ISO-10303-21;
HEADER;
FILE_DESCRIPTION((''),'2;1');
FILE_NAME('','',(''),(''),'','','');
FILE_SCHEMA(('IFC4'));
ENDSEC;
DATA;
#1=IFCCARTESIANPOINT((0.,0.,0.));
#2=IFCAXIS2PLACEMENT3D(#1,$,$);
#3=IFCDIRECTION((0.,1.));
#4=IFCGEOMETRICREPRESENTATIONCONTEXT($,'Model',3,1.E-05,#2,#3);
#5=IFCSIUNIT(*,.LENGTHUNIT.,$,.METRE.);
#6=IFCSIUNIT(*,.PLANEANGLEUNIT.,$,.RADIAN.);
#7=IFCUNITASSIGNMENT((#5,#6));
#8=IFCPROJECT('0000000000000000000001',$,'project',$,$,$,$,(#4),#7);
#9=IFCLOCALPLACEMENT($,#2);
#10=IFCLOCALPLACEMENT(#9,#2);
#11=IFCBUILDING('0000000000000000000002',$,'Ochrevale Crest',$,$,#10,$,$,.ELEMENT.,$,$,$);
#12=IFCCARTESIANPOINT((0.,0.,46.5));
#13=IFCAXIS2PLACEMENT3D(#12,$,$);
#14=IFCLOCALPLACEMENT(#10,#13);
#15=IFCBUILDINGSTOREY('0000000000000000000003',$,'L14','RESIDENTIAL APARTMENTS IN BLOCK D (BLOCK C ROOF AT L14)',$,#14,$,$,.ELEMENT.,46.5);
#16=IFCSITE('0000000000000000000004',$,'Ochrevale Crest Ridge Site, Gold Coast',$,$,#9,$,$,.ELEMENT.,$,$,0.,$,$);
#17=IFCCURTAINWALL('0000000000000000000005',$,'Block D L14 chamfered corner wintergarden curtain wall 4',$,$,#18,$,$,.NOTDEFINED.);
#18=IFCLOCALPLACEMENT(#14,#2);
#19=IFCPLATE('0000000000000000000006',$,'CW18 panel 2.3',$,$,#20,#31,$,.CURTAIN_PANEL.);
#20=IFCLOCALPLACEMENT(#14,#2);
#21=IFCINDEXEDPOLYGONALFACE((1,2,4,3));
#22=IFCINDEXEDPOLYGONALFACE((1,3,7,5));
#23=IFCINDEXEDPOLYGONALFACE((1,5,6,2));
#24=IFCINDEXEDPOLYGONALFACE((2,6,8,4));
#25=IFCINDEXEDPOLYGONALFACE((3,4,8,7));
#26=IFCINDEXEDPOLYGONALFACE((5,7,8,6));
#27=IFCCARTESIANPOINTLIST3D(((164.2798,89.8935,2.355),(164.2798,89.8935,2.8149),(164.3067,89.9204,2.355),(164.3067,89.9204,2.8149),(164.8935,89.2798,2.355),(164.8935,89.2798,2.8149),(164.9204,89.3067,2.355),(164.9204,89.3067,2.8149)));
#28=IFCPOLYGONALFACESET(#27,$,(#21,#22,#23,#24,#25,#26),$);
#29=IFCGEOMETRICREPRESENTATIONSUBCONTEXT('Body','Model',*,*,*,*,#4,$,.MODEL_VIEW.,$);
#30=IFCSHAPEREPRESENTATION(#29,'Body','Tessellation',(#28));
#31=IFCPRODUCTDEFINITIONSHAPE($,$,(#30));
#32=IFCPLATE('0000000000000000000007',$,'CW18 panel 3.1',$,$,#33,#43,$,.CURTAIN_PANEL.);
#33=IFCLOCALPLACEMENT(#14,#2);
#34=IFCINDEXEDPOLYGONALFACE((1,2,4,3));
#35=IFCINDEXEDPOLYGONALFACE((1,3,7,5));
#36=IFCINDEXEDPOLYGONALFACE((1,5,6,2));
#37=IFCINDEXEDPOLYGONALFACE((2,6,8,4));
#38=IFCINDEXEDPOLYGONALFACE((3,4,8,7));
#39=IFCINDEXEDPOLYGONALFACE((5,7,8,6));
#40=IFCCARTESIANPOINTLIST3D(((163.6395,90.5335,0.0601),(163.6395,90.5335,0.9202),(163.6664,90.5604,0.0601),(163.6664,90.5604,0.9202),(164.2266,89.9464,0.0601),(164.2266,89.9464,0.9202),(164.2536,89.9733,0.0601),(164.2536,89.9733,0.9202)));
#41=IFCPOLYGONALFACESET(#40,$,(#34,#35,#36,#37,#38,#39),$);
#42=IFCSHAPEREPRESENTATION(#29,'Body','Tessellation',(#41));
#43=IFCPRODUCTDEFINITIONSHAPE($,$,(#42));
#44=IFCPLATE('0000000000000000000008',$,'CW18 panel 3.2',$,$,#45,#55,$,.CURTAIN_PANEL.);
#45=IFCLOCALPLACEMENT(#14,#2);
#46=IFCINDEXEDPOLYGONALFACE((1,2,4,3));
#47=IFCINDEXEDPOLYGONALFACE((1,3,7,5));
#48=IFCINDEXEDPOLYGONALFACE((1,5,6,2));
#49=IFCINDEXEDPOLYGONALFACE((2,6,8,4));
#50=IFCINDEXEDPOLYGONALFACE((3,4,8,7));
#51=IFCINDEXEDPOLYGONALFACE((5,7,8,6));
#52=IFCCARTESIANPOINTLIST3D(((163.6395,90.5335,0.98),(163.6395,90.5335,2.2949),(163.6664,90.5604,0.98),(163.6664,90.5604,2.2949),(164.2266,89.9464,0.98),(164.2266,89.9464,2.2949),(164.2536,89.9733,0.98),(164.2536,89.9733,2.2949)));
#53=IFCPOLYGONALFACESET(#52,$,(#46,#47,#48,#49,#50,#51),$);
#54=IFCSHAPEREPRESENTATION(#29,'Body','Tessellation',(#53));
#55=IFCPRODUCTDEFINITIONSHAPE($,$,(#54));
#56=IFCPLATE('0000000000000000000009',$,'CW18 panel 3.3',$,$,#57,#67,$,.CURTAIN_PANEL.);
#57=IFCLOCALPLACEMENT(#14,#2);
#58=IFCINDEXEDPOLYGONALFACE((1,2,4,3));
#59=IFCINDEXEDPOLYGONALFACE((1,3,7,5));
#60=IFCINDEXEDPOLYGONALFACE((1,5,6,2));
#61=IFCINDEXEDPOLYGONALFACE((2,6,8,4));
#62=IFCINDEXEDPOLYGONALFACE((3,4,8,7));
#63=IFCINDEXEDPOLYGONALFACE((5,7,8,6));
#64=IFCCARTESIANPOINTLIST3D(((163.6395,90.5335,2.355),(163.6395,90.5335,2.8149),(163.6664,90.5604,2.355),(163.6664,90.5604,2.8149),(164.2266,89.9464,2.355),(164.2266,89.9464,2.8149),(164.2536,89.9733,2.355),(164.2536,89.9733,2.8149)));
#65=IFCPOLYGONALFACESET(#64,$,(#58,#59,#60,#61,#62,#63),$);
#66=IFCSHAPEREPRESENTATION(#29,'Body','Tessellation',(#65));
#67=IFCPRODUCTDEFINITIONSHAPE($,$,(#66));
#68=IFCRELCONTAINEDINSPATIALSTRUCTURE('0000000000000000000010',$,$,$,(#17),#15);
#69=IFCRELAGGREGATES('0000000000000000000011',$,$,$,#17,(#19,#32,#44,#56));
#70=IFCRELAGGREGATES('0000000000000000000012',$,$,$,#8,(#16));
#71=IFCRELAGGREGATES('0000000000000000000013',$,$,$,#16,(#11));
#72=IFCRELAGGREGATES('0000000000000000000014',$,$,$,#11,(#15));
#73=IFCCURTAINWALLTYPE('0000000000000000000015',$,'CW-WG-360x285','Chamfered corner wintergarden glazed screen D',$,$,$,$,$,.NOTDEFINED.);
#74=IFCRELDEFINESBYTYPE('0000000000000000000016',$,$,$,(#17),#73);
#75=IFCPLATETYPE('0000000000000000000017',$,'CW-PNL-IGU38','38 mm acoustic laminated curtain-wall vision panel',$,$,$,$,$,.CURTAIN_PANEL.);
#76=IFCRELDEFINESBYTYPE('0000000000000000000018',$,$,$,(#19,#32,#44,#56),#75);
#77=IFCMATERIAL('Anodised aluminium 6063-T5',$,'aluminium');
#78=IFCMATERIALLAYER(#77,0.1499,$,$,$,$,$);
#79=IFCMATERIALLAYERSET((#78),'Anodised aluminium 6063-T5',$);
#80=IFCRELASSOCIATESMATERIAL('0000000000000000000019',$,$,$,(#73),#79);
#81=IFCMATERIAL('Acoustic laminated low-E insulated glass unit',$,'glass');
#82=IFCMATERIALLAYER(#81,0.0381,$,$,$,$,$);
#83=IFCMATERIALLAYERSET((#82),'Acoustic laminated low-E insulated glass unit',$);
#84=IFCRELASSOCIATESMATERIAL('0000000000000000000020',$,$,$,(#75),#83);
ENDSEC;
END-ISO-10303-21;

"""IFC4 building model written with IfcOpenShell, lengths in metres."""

from ifc_helpers import new_model, si_unit, direction, frame, origin, origin_2d, place, context, subcontext, project, spatial, rectangle, extrude, material, layer, layer_set, type_object, element, aggregate, save


model = new_model("IFC4")

# Units and contexts
model_context = context("Model", 3, precision=1e-05, world=origin(), true_north=direction((0.0, 1.0)))
body_context = subcontext(model_context, "Body", "Model", "MODEL_VIEW")
ifc_project = project(units=[si_unit("LENGTHUNIT", "METRE"), si_unit("PLANEANGLEUNIT", "RADIAN")], contexts=[model_context])

# Site, building, storey
site_placement = place(None, origin())
site = spatial("IfcSite", under=ifc_project, at=site_placement, Name="Ochrevale Crest Ridge Site, Gold Coast", CompositionType="ELEMENT", RefElevation=0.0)
building_placement = place(site_placement, origin())
building = spatial("IfcBuilding", under=site, at=building_placement, Name="Ochrevale Crest", CompositionType="ELEMENT")
storey_placement = place(building_placement, frame((0.0, 0.0, 46.5)))
storey = spatial("IfcBuildingStorey", under=building, at=storey_placement, Name="L14", Description="RESIDENTIAL APARTMENTS IN BLOCK D (BLOCK C ROOF AT L14)", CompositionType="ELEMENT", Elevation=46.5)

# Curtain wall, plates
ifc_material_1 = material(Name="Anodised aluminium 6063-T5", Category="aluminium")
ifc_layer_1 = layer(ifc_material_1, 0.1499)
ifc_layer_set_1 = layer_set([ifc_layer_1], Name="Anodised aluminium 6063-T5")
curtain_wall_type = type_object("IfcCurtainWallType", Name="CW-WG-360x285", Description="Chamfered corner wintergarden glazed screen D", PredefinedType="NOTDEFINED", material=ifc_layer_set_1)
curtain_wall_placement = place(storey_placement, origin())
curtain_wall = element("IfcCurtainWall", 1, at=curtain_wall_placement, inside=storey, type_object=curtain_wall_type, Name="Block D L14 chamfered corner wintergarden curtain wall 4", PredefinedType="NOTDEFINED")
ifc_material_2 = material(Name="Acoustic laminated low-E insulated glass unit", Category="glass")
ifc_layer_2 = layer(ifc_material_2, 0.0381)
ifc_layer_set_2 = layer_set([ifc_layer_2], Name="Acoustic laminated low-E insulated glass unit")
plate_type = type_object("IfcPlateType", Name="CW-PNL-IGU38", Description="38 mm acoustic laminated curtain-wall vision panel", PredefinedType="CURTAIN_PANEL", material=ifc_layer_set_2)
plate_1_placement = place(storey_placement, frame((164.6001, 89.6001, 2.355), z_axis=(0.0, 0.0, 1.0), x_axis=(-0.707107, 0.707107, 0.0)))
plate_1 = element("IfcPlate", 2, at=plate_1_placement, type_object=plate_type, Name="CW18 panel 2.3", PredefinedType="CURTAIN_PANEL", context=body_context, shape_type="SweptSolid", body=[
    extrude(rectangle(XDim=0.8679, YDim=0.0381, at=origin_2d()), origin(), (0.0, 0.0, 1.0), 0.46),
])
plate_2_placement = place(storey_placement, frame((163.9465, 90.2534, 0.0601), z_axis=(0.0, 0.0, 1.0), x_axis=(-0.707107, 0.707107, 0.0)))
plate_2 = element("IfcPlate", 3, at=plate_2_placement, type_object=plate_type, Name="CW18 panel 3.1", PredefinedType="CURTAIN_PANEL", context=body_context, shape_type="SweptSolid", body=[
    extrude(rectangle(XDim=0.8303, YDim=0.0381, at=origin_2d()), origin(), (0.0, 0.0, 1.0), 0.8601),
])
plate_3_placement = place(storey_placement, frame((163.9465, 90.2534, 0.98), z_axis=(0.0, 0.0, 1.0), x_axis=(-0.707107, 0.707107, 0.0)))
plate_3 = element("IfcPlate", 4, at=plate_3_placement, type_object=plate_type, Name="CW18 panel 3.2", PredefinedType="CURTAIN_PANEL", context=body_context, shape_type="SweptSolid", body=[
    extrude(rectangle(XDim=0.8303, YDim=0.0381, at=origin_2d()), origin(), (0.0, 0.0, 1.0), 1.3149),
])
plate_4_placement = place(storey_placement, frame((163.9465, 90.2534, 2.355), z_axis=(0.0, 0.0, 1.0), x_axis=(-0.707107, 0.707107, 0.0)))
plate_4 = element("IfcPlate", 5, at=plate_4_placement, type_object=plate_type, Name="CW18 panel 3.3", PredefinedType="CURTAIN_PANEL", context=body_context, shape_type="SweptSolid", body=[
    extrude(rectangle(XDim=0.8303, YDim=0.0381, at=origin_2d()), origin(), (0.0, 0.0, 1.0), 0.46),
])
aggregate(curtain_wall, [plate_1, plate_2, plate_3, plate_4])

save(model, "model.ifc")
